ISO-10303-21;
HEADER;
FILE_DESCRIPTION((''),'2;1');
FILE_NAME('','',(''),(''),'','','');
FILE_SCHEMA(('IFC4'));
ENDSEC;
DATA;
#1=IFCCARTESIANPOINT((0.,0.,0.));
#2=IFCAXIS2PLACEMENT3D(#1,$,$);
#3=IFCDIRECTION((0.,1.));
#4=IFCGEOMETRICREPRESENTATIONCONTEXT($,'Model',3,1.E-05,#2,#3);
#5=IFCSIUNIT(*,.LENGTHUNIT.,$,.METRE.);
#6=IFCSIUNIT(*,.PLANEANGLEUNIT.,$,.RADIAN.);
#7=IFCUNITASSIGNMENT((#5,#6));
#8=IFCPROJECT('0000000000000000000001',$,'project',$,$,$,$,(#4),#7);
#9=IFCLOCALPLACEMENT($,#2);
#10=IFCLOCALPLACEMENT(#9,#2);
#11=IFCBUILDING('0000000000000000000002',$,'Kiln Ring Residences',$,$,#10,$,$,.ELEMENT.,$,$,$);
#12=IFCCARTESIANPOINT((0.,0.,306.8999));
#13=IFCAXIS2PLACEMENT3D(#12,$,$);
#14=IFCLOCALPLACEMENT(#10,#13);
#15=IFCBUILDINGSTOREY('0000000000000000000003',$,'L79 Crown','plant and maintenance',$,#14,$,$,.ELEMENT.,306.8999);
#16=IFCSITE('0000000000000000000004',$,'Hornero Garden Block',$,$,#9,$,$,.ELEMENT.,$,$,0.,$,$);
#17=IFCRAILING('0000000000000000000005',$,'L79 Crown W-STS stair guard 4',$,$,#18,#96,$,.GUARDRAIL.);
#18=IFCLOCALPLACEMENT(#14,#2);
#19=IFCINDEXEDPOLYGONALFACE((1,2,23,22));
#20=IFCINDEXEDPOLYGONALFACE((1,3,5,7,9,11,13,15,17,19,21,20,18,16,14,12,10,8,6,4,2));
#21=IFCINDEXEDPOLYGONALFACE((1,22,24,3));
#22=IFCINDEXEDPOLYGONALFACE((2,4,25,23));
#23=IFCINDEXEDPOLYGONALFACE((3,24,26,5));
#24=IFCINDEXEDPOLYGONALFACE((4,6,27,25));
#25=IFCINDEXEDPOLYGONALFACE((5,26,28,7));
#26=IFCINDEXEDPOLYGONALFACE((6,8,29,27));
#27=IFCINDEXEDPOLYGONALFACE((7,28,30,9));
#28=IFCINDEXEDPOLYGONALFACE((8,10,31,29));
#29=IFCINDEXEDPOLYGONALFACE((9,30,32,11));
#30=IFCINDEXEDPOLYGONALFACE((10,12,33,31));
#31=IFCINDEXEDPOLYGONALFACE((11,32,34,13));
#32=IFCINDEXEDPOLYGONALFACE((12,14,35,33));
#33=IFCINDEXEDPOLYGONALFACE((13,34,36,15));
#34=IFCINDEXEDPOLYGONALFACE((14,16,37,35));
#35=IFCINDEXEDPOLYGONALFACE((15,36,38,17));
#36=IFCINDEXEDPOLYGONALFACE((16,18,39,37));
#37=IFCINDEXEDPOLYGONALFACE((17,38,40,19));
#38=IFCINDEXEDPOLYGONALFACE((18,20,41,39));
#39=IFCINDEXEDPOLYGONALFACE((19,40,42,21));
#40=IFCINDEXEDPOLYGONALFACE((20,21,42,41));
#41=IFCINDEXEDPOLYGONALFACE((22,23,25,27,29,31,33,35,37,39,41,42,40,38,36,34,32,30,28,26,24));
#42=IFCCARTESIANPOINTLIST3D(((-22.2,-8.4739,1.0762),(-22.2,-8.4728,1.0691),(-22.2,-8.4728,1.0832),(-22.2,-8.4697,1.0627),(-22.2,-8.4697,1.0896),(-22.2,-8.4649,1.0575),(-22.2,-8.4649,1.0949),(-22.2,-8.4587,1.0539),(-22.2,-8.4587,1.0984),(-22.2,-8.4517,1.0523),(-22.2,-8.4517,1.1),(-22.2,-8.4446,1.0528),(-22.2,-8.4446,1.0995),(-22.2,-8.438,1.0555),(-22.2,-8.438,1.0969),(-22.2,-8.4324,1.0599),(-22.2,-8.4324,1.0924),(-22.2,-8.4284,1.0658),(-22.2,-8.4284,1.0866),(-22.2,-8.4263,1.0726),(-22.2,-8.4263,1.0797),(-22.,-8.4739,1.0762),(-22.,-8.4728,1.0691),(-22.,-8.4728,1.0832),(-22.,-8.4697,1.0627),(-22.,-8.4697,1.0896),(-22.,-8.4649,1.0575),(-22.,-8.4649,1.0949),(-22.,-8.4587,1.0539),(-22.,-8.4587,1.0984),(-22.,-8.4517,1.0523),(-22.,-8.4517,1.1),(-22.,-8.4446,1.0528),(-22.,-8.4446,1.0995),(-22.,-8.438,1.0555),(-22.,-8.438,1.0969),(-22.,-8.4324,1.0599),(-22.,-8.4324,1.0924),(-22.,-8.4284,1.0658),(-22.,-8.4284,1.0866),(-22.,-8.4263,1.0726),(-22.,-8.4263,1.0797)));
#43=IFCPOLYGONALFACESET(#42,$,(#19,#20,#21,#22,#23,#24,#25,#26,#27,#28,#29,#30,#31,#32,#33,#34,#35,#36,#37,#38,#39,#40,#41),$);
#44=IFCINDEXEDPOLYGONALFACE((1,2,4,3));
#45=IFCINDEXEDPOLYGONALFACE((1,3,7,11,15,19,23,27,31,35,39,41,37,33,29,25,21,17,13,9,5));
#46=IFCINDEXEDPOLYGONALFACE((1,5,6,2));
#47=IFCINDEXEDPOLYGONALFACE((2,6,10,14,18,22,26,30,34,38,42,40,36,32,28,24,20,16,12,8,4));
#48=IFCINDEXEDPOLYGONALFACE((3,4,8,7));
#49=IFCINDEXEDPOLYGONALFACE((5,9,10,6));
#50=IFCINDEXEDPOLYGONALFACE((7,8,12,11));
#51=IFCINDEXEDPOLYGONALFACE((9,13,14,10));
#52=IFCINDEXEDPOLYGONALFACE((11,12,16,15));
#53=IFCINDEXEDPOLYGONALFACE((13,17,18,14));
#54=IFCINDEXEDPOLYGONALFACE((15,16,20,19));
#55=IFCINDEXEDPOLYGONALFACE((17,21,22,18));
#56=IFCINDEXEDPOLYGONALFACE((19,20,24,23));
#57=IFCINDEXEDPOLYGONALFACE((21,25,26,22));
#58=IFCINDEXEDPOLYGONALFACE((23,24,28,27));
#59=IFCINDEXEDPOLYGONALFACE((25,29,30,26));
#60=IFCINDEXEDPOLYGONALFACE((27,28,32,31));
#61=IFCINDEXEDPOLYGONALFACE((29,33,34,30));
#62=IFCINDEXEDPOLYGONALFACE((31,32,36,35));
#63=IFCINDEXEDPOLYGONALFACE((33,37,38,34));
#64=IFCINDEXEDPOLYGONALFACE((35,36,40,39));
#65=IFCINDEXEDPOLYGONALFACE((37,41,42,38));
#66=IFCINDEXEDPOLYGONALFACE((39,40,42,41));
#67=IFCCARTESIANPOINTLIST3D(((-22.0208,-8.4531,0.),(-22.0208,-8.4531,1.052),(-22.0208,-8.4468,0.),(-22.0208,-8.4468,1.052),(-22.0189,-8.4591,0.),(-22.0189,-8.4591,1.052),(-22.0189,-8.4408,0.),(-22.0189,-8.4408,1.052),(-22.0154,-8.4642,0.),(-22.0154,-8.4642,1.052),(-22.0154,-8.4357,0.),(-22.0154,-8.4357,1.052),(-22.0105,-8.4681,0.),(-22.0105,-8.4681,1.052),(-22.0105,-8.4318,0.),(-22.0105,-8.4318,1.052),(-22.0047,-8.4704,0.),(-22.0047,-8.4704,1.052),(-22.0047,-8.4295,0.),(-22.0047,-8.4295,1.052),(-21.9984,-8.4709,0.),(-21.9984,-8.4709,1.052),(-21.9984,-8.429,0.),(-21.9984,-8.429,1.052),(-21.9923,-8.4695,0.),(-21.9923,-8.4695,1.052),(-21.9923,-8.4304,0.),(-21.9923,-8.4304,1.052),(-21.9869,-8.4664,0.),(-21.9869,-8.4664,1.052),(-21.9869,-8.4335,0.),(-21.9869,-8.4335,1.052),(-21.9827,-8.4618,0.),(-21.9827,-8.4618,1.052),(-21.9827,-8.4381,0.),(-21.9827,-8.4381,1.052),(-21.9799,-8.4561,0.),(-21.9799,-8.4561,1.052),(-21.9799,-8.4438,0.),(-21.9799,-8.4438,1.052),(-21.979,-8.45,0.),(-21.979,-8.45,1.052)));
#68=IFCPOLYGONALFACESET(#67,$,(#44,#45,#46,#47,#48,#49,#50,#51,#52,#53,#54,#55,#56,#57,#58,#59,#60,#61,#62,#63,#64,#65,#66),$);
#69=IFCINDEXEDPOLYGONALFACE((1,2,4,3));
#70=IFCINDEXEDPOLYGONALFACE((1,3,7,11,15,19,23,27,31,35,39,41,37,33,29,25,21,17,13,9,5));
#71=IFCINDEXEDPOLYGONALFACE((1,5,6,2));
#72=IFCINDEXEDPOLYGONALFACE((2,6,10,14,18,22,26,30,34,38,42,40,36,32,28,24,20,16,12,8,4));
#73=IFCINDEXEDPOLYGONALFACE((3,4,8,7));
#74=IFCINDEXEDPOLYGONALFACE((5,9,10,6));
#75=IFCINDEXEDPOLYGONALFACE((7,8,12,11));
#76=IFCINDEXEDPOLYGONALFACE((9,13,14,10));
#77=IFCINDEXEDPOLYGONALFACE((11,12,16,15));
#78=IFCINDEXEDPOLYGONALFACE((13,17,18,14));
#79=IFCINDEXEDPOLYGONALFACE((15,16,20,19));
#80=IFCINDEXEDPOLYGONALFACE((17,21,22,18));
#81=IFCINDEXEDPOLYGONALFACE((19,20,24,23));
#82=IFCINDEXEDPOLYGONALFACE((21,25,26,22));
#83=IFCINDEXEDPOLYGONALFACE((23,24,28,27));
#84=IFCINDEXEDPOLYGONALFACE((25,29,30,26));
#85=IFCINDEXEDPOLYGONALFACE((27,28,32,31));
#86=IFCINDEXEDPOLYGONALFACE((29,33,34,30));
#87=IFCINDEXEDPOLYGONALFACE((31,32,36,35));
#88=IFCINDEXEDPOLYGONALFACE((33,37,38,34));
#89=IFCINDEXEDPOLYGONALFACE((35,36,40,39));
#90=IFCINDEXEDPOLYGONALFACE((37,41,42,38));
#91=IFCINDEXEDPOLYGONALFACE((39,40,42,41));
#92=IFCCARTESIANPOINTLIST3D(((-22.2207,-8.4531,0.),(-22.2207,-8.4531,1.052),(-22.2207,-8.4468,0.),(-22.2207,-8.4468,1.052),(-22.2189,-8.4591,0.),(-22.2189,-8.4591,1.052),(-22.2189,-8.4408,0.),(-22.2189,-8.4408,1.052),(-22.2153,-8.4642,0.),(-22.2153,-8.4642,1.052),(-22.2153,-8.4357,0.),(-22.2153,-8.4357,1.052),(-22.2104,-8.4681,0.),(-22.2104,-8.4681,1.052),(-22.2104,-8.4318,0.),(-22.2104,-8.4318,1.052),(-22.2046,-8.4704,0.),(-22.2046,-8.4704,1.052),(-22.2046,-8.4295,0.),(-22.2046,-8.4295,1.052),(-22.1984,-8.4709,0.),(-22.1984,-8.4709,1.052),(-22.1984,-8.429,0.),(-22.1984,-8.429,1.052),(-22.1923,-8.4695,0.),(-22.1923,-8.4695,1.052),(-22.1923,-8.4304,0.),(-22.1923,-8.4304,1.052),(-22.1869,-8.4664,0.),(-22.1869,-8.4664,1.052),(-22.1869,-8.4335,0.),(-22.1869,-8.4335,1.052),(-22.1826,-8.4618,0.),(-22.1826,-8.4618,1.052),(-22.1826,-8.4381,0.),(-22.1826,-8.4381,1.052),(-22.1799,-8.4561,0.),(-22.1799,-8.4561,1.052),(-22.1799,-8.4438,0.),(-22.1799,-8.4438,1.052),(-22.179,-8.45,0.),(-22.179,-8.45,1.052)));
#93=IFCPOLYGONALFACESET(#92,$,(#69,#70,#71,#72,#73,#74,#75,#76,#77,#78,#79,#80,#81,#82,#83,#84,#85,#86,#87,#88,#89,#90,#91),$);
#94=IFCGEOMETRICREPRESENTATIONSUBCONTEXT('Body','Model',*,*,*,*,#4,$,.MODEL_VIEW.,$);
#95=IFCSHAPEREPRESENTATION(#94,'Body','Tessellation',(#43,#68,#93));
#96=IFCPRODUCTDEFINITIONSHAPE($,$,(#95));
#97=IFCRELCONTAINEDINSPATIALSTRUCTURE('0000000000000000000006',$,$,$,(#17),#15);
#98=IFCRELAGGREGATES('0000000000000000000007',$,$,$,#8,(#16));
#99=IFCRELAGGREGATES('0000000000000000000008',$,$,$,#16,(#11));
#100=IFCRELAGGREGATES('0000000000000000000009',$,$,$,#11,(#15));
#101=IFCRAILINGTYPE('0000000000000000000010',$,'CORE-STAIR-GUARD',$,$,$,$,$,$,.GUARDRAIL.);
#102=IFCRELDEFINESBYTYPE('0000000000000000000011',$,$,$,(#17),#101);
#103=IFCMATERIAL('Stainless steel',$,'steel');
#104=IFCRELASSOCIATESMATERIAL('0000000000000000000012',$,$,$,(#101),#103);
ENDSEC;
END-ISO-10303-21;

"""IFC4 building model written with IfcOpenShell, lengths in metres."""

from ifc_helpers import new_model, si_unit, direction, frame, origin, origin_2d, place, context, subcontext, project, spatial, circle, extrude, material, type_object, element, save


model = new_model("IFC4")

# Units and contexts
model_context = context("Model", 3, precision=1e-05, world=origin(), true_north=direction((0.0, 1.0)))
body_context = subcontext(model_context, "Body", "Model", "MODEL_VIEW")
ifc_project = project(units=[si_unit("LENGTHUNIT", "METRE"), si_unit("PLANEANGLEUNIT", "RADIAN")], contexts=[model_context])

# Site, building, storey
site_placement = place(None, origin())
site = spatial("IfcSite", under=ifc_project, at=site_placement, Name="Hornero Garden Block", CompositionType="ELEMENT", RefElevation=0.0)
building_placement = place(site_placement, origin())
building = spatial("IfcBuilding", under=site, at=building_placement, Name="Kiln Ring Residences", CompositionType="ELEMENT")
storey_placement = place(building_placement, frame((0.0, 0.0, 306.8999)))
storey = spatial("IfcBuildingStorey", under=building, at=storey_placement, Name="L79 Crown", Description="plant and maintenance", CompositionType="ELEMENT", Elevation=306.8999)

# Railing
ifc_material_1 = material(Name="Stainless steel", Category="steel")
railing_type_1 = type_object("IfcRailingType", Name="CORE-STAIR-GUARD", PredefinedType="GUARDRAIL", material=ifc_material_1)
railing_1_placement = place(storey_placement, frame((-22.0, -8.45, 0.0)))
element("IfcRailing", 1, at=railing_1_placement, inside=storey, type_object=railing_type_1, Name="L79 Crown W-STS stair guard 4", PredefinedType="GUARDRAIL", context=body_context, shape_type="SweptSolid", body=[
    extrude(circle(Radius=0.0239, at=origin_2d()), frame((0.0, 0.0, 1.0762), z_axis=(-1.0, 0.0, 0.0), x_axis=(0.0, -1.0, 0.0)), (0.0, 0.0, 1.0), 0.2),
    extrude(circle(Radius=0.021, at=origin_2d()), origin(), (0.0, 0.0, 1.0), 1.052),
    extrude(circle(Radius=0.021, at=origin_2d()), frame((-0.2, 0.0, 0.0)), (0.0, 0.0, 1.0), 1.052),
])

save(model, "model.ifc")
